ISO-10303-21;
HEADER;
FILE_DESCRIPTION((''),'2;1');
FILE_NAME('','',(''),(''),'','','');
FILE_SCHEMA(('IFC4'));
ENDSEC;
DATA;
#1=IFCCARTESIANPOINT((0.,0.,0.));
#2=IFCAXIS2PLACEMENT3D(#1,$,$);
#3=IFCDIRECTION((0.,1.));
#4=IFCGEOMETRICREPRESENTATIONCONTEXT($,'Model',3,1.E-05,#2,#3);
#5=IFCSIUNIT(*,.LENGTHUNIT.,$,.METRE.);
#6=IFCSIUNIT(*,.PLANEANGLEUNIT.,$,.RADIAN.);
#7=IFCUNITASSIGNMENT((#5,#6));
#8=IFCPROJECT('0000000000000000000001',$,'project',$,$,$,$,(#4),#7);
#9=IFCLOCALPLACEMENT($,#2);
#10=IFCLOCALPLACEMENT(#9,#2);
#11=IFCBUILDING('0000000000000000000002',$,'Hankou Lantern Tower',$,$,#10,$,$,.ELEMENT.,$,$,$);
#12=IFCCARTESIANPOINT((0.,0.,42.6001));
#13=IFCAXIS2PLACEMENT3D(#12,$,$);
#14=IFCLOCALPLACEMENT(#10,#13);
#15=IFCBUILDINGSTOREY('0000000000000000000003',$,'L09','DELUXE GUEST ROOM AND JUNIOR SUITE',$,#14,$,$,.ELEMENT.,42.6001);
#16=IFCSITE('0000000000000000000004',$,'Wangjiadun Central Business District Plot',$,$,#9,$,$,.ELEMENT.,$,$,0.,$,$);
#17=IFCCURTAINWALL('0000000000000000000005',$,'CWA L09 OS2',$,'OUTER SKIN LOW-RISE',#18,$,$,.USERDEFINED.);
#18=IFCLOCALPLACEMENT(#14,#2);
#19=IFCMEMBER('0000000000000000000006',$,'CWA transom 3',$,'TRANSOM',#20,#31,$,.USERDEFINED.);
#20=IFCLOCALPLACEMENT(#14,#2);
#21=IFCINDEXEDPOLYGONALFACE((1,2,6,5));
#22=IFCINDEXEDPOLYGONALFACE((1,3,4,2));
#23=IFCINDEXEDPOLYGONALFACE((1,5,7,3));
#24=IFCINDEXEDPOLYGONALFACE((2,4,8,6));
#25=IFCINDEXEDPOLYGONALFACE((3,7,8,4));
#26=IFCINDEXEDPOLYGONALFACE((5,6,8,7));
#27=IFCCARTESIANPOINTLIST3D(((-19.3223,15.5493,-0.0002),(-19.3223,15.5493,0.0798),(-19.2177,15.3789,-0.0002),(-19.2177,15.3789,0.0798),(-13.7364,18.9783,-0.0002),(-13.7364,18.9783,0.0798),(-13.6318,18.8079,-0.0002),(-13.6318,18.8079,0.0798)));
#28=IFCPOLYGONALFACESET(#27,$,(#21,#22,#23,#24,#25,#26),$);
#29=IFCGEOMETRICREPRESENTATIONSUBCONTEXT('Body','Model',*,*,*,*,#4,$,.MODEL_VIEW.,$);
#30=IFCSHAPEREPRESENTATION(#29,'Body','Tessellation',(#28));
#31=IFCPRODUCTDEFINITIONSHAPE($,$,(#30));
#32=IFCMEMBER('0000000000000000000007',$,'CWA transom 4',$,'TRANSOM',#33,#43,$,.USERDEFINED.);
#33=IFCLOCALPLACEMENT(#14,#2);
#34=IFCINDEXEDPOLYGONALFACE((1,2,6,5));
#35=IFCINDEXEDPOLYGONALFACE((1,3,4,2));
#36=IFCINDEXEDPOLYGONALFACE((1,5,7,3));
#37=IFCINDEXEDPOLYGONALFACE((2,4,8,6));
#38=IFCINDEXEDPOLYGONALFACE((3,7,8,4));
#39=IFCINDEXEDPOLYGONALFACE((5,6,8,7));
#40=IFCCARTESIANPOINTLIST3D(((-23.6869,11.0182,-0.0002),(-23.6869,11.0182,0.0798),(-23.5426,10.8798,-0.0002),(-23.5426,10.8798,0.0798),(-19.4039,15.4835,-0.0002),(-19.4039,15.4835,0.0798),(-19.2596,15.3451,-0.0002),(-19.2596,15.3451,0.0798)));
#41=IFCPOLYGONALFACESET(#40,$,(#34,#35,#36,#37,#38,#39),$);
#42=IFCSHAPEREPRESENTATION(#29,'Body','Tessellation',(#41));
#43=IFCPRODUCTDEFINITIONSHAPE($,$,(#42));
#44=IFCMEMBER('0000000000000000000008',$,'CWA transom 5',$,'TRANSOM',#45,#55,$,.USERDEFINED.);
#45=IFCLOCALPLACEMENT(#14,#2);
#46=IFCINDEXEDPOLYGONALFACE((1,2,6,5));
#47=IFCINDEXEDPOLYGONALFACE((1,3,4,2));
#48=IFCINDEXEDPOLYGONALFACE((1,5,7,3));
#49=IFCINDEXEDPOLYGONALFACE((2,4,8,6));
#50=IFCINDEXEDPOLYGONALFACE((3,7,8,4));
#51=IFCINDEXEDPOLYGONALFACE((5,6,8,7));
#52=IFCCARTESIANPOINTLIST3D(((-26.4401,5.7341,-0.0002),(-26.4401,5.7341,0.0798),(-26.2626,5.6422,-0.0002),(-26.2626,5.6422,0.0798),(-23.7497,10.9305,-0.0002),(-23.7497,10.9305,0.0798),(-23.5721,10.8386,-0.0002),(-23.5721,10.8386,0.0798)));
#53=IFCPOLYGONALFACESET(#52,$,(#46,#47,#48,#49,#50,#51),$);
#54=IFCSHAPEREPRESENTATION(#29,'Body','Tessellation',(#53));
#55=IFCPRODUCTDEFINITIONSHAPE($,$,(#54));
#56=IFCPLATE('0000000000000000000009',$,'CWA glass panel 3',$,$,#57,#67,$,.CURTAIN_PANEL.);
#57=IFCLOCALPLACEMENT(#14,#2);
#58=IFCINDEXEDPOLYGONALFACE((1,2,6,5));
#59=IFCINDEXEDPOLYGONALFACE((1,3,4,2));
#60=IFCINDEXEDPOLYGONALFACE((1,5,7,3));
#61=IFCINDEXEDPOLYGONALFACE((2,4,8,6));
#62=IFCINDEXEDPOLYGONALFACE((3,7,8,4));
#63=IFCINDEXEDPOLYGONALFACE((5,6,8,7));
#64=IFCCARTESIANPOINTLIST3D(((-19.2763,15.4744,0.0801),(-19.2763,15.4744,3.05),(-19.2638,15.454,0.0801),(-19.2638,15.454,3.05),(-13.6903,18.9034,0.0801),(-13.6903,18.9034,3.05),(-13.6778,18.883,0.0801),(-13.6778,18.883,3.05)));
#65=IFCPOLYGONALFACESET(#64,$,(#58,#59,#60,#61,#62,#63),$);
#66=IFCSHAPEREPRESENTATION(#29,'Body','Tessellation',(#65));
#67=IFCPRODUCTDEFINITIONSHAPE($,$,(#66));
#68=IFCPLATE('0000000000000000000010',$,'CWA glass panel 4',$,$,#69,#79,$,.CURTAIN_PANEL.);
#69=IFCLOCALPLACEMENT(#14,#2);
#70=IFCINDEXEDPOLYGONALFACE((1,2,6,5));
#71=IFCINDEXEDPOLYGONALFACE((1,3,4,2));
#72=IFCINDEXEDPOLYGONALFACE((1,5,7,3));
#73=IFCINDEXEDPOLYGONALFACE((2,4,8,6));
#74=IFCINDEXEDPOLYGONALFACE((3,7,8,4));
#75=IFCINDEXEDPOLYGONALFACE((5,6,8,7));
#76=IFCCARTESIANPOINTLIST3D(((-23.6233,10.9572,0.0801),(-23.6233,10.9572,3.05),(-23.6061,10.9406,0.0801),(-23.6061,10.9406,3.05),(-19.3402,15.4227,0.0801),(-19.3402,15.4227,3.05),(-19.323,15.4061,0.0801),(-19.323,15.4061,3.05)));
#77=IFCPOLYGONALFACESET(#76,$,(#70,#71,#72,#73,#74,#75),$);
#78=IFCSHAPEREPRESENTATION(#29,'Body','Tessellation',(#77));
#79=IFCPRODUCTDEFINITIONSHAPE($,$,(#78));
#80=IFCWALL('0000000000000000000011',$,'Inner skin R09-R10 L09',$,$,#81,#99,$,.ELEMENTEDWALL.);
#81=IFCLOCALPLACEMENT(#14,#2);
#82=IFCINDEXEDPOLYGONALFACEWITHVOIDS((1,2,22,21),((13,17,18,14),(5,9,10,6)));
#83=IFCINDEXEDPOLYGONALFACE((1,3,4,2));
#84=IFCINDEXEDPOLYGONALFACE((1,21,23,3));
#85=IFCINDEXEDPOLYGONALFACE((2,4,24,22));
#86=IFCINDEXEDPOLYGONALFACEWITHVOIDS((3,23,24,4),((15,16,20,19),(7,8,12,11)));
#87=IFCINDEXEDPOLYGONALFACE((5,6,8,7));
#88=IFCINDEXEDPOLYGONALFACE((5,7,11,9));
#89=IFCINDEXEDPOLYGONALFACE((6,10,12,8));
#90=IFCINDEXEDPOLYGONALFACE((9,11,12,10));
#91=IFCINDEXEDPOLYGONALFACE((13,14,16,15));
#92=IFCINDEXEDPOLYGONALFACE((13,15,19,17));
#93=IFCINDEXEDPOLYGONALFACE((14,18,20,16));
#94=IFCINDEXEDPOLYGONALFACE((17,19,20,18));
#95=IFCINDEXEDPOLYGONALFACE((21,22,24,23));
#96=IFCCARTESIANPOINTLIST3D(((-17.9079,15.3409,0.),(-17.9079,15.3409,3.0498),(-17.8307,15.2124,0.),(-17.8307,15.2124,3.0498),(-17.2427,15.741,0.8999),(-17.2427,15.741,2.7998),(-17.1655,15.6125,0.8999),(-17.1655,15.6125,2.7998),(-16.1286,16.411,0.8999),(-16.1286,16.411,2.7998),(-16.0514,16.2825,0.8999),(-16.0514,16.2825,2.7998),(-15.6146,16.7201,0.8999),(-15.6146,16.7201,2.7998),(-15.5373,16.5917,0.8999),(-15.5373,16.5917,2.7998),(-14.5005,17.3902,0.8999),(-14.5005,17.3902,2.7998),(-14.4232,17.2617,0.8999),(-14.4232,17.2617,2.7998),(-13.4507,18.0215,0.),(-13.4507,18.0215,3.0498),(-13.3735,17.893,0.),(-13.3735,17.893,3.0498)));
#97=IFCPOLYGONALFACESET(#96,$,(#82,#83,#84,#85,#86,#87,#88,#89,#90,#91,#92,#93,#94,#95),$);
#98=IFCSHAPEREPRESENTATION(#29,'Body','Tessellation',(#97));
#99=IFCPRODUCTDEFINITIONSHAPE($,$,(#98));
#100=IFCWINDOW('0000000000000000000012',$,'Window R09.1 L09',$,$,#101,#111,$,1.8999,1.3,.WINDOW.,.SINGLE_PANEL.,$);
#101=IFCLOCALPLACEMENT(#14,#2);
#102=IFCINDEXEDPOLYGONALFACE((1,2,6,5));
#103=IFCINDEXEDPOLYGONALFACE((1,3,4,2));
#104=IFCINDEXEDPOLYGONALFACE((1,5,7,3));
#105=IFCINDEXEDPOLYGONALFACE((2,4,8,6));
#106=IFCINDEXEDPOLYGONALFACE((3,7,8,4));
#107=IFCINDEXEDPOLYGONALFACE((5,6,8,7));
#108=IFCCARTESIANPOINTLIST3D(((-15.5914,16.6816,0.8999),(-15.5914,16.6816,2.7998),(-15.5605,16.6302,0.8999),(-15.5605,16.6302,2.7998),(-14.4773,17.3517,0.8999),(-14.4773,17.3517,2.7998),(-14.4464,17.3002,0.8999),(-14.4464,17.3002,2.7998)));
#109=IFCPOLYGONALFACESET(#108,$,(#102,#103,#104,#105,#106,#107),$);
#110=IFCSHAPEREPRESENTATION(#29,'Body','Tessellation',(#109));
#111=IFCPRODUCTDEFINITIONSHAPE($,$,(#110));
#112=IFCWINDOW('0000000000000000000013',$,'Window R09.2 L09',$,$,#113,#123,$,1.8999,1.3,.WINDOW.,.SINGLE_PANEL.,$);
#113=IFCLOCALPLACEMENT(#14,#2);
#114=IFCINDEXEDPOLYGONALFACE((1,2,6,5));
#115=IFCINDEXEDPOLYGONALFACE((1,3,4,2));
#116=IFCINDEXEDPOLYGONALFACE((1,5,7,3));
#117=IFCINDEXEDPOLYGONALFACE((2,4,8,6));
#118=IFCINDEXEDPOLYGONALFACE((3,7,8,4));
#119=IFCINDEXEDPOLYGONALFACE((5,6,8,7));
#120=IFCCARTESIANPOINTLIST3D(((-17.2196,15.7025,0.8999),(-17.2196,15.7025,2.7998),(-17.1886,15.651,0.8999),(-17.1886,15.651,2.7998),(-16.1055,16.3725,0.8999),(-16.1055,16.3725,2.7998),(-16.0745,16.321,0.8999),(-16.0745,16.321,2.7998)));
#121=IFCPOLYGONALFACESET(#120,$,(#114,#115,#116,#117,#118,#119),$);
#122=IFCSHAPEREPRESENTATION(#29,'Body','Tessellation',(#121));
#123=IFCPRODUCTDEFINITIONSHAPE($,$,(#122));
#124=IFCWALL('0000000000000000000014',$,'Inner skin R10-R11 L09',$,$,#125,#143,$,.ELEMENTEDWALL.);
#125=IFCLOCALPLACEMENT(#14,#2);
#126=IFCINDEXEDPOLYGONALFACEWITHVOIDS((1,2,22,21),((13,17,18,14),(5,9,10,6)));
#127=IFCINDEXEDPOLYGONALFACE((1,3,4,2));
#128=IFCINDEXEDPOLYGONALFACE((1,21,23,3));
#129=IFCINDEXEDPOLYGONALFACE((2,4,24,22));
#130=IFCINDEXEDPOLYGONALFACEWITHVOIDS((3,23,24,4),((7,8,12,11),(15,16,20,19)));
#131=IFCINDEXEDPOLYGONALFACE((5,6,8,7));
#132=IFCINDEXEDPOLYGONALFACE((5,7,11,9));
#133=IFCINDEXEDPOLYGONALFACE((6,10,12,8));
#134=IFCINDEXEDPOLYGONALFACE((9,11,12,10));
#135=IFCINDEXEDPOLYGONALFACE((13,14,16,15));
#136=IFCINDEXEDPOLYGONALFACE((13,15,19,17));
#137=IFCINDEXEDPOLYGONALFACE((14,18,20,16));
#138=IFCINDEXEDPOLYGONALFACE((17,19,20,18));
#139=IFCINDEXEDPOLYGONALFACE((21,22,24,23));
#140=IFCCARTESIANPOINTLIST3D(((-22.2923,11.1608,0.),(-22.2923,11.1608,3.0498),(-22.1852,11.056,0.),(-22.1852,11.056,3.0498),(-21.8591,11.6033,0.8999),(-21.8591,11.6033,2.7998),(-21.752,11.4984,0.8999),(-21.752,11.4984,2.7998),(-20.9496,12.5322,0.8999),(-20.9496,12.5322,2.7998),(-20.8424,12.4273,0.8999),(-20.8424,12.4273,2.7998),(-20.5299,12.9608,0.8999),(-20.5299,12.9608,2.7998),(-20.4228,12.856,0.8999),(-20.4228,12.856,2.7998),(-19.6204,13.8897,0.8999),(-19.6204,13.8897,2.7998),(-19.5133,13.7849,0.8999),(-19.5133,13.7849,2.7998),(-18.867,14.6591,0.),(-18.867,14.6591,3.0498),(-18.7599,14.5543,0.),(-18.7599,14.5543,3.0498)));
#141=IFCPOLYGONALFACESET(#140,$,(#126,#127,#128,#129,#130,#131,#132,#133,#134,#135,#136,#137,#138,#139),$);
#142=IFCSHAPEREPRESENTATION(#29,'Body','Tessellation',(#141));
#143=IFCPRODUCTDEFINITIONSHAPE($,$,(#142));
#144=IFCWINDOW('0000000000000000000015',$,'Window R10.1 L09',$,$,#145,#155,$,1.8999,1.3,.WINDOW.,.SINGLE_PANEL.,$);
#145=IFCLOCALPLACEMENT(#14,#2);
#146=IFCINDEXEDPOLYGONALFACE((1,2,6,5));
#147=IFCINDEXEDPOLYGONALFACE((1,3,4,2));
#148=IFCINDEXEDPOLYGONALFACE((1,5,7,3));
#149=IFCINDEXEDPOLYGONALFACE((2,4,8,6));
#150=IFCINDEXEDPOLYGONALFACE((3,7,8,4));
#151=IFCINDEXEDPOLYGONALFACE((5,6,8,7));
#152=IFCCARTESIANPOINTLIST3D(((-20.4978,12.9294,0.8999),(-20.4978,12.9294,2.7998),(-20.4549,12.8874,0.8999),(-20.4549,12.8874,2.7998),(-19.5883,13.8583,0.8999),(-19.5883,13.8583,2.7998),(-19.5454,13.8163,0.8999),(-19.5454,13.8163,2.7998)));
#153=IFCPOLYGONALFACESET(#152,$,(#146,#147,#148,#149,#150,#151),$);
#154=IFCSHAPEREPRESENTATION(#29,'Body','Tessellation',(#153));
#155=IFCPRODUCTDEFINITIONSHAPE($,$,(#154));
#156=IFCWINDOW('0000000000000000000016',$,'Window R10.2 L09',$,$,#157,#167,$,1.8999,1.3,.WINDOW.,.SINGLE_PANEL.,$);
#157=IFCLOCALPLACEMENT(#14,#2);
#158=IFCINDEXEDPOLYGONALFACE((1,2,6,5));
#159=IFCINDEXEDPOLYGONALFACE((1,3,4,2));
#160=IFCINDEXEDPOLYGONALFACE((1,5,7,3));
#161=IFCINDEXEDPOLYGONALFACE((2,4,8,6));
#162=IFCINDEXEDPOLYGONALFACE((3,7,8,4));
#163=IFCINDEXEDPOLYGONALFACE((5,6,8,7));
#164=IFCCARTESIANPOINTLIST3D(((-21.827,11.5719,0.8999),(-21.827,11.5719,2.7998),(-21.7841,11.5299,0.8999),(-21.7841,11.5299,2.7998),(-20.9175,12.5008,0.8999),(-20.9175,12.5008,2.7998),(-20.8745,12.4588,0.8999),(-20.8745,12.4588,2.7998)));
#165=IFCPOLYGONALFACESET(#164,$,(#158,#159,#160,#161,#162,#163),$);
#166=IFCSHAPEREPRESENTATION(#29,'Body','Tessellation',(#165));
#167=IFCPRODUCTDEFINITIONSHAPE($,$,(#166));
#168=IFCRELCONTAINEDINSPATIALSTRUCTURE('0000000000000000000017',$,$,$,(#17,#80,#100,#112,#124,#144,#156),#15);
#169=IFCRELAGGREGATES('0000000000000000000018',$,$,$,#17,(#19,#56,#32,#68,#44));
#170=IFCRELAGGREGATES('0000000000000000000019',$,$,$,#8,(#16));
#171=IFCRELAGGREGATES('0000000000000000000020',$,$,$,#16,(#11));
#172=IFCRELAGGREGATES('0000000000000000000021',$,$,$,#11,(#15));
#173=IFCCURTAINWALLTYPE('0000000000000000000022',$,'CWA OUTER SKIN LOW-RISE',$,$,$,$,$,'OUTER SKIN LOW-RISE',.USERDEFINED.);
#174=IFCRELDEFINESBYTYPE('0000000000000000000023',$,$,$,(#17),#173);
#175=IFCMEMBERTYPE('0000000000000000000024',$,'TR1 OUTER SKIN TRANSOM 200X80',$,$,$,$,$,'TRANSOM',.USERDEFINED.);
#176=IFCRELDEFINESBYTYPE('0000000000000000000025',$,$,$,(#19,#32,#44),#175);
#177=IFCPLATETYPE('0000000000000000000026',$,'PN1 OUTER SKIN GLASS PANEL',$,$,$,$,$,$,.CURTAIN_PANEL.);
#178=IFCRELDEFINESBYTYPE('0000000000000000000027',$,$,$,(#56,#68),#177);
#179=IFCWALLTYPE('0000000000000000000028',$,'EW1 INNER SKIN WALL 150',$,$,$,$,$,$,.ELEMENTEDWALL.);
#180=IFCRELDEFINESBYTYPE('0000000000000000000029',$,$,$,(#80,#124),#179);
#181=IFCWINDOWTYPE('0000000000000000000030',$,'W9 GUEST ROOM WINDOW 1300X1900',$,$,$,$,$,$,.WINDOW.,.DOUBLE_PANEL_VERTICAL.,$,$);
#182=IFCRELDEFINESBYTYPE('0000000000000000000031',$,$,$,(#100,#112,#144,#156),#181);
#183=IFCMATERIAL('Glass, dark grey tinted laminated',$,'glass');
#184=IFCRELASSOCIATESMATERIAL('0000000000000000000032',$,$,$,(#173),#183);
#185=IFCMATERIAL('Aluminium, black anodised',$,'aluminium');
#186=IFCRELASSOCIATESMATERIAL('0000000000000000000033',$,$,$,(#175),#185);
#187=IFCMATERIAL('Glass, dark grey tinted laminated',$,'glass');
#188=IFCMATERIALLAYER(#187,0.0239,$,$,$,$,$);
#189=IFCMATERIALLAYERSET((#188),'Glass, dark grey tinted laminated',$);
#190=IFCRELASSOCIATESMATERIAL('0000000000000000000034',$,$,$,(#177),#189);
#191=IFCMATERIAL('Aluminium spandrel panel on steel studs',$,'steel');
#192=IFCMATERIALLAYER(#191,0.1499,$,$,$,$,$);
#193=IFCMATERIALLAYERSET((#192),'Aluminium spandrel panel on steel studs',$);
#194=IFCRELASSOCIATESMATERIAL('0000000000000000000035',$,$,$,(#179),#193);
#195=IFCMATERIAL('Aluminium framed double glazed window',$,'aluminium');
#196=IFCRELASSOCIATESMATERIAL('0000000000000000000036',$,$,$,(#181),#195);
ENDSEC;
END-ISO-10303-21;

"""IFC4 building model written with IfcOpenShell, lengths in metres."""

from ifc_helpers import new_model, si_unit, direction, frame, frame_2d, origin, origin_2d, place, context, subcontext, project, spatial, rectangle, extrude, material, layer, layer_set, material_profile, profile_set, type_object, element, fill, aggregate, save


model = new_model("IFC4")

# Units and contexts
model_context = context("Model", 3, precision=1e-05, world=origin(), true_north=direction((0.0, 1.0)))
body_context = subcontext(model_context, "Body", "Model", "MODEL_VIEW")
ifc_project = project(units=[si_unit("LENGTHUNIT", "METRE"), si_unit("PLANEANGLEUNIT", "RADIAN")], contexts=[model_context])

# Site, building, storey
site_placement = place(None, origin())
site = spatial("IfcSite", under=ifc_project, at=site_placement, Name="Wangjiadun Central Business District Plot", CompositionType="ELEMENT", RefElevation=0.0)
building_placement = place(site_placement, origin())
building = spatial("IfcBuilding", under=site, at=building_placement, Name="Hankou Lantern Tower", CompositionType="ELEMENT")
storey_placement = place(building_placement, frame((0.0, 0.0, 42.6001)))
storey = spatial("IfcBuildingStorey", under=building, at=storey_placement, Name="L09", Description="DELUXE GUEST ROOM AND JUNIOR SUITE", CompositionType="ELEMENT", Elevation=42.6001)

# Curtain wall
ifc_material_1 = material(Name="Glass, dark grey tinted laminated", Category="glass")
curtain_wall_type = type_object("IfcCurtainWallType", Name="CWA OUTER SKIN LOW-RISE", ElementType="OUTER SKIN LOW-RISE", PredefinedType="USERDEFINED", material=ifc_material_1)
curtain_wall_placement = place(storey_placement, origin())
curtain_wall = element("IfcCurtainWall", 1, at=curtain_wall_placement, inside=storey, type_object=curtain_wall_type, Name="CWA L09 OS2", ObjectType="OUTER SKIN LOW-RISE", PredefinedType="USERDEFINED")

# Members
ifc_material_2 = material(Name="Aluminium, black anodised", Category="aluminium")
ifc_material_profile_1 = material_profile(ifc_material_2, rectangle(XDim=0.2, YDim=0.0801, at=origin_2d()), Name="TR1 200X80")
ifc_profile_set_1 = profile_set([ifc_material_profile_1], Name="Aluminium, black anodised")
member_type_1 = type_object("IfcMemberType", Name="TR1 OUTER SKIN TRANSOM 200X80", ElementType="TRANSOM", PredefinedType="USERDEFINED", material=ifc_profile_set_1)
member_1_placement = place(storey_placement, frame((-13.6841, 18.8931, 0.0398), z_axis=(-0.85224, -0.523152, 0.0), x_axis=(0.523152, -0.85224, 0.0)))
member_1 = element("IfcMember", 2, at=member_1_placement, type_object=member_type_1, Name="CWA transom 3", ObjectType="TRANSOM", PredefinedType="USERDEFINED", context=body_context, shape_type="SweptSolid", body=[
    extrude(rectangle(XDim=0.2, YDim=0.0801, at=origin_2d()), origin(), (0.0, 0.0, 1.0), 6.5544),
])
member_2_placement = place(storey_placement, frame((-19.3318, 15.4143, 0.0398), z_axis=(-0.692216, -0.721691, 0.0), x_axis=(0.721691, -0.692216, 0.0)))
member_2 = element("IfcMember", 3, at=member_2_placement, type_object=member_type_1, Name="CWA transom 4", ObjectType="TRANSOM", PredefinedType="USERDEFINED", context=body_context, shape_type="SweptSolid", body=[
    extrude(rectangle(XDim=0.2, YDim=0.0801, at=origin_2d()), origin(), (0.0, 0.0, 1.0), 6.1873),
])
member_3_placement = place(storey_placement, frame((-23.6609, 10.8845, 0.0398), z_axis=(-0.459786, -0.88803, 0.0), x_axis=(0.88803, -0.459786, 0.0)))
member_3 = element("IfcMember", 4, at=member_3_placement, type_object=member_type_1, Name="CWA transom 5", ObjectType="TRANSOM", PredefinedType="USERDEFINED", context=body_context, shape_type="SweptSolid", body=[
    extrude(rectangle(XDim=0.2, YDim=0.0801, at=origin_2d()), origin(), (0.0, 0.0, 1.0), 5.8516),
])

# Plates
ifc_material_3 = material(Name="Glass, dark grey tinted laminated", Category="glass")
ifc_layer_1 = layer(ifc_material_3, 0.0239)
ifc_layer_set_1 = layer_set([ifc_layer_1], Name="Glass, dark grey tinted laminated")
plate_type = type_object("IfcPlateType", Name="PN1 OUTER SKIN GLASS PANEL", PredefinedType="CURTAIN_PANEL", material=ifc_layer_set_1)
plate_1_placement = place(storey_placement, frame((-16.4771, 17.1787, 0.0801), z_axis=(0.0, 0.0, 1.0), x_axis=(-0.852237, -0.523156, 0.0)))
plate_1 = element("IfcPlate", 5, at=plate_1_placement, type_object=plate_type, Name="CWA glass panel 3", PredefinedType="CURTAIN_PANEL", context=body_context, shape_type="SweptSolid", body=[
    extrude(rectangle(XDim=6.5544, YDim=0.0239, at=origin_2d()), origin(), (0.0, 0.0, 1.0), 2.97),
])
plate_2_placement = place(storey_placement, frame((-21.4731, 13.1816, 0.0801), z_axis=(0.0, 0.0, 1.0), x_axis=(-0.692216, -0.721691, 0.0)))
plate_2 = element("IfcPlate", 6, at=plate_2_placement, type_object=plate_type, Name="CWA glass panel 4", PredefinedType="CURTAIN_PANEL", context=body_context, shape_type="SweptSolid", body=[
    extrude(rectangle(XDim=6.1875, YDim=0.0239, at=origin_2d()), origin(), (0.0, 0.0, 1.0), 2.97),
])
aggregate(curtain_wall, [member_1, plate_1, member_2, plate_2, member_3])

# Walls, openings, windows
ifc_material_4 = material(Name="Aluminium spandrel panel on steel studs", Category="steel")
ifc_layer_2 = layer(ifc_material_4, 0.1499)
ifc_layer_set_2 = layer_set([ifc_layer_2], Name="Aluminium spandrel panel on steel studs")
wall_type_1 = type_object("IfcWallType", Name="EW1 INNER SKIN WALL 150", PredefinedType="ELEMENTEDWALL", material=ifc_layer_set_2)
wall_1_placement = place(storey_placement, frame((-13.4121, 17.9573, 0.0), z_axis=(0.0, 0.0, 1.0), x_axis=(-0.856958, -0.515386, 0.0)))
wall_1 = element("IfcWall", 7, at=wall_1_placement, inside=storey, type_object=wall_type_1, Name="Inner skin R09-R10 L09", PredefinedType="ELEMENTEDWALL", context=body_context, shape_type="SweptSolid", body=[
    extrude(rectangle(XDim=5.2012, YDim=0.1499, at=frame_2d((2.6006, 0.0))), origin(), (0.0, 0.0, 1.0), 3.0498),
])
opening_1_placement = place(wall_1_placement, frame((1.2251, 0.0, 0.8999)))
opening_1 = element("IfcOpeningElement", 8, at=opening_1_placement, cuts=wall_1, PredefinedType="OPENING", context=body_context, shape_type="SweptSolid", body=[
    extrude(rectangle(XDim=1.3, YDim=1.8999, at=frame_2d((0.6499, 0.95))), frame((0.0, 0.085, 0.0), z_axis=(0.0, -1.0, 0.0), x_axis=(1.0, 0.0, 0.0)), (0.0, 0.0, 1.0), 0.1699),
])
opening_2_placement = place(wall_1_placement, frame((3.125, 0.0, 0.8999)))
opening_2 = element("IfcOpeningElement", 9, at=opening_2_placement, cuts=wall_1, PredefinedType="OPENING", context=body_context, shape_type="SweptSolid", body=[
    extrude(rectangle(XDim=1.3, YDim=1.8999, at=frame_2d((0.6499, 0.95))), frame((0.0, 0.085, 0.0), z_axis=(0.0, -1.0, 0.0), x_axis=(1.0, 0.0, 0.0)), (0.0, 0.0, 1.0), 0.1699),
])
ifc_material_5 = material(Name="Aluminium framed double glazed window", Category="aluminium")
window_type = type_object("IfcWindowType", Name="W9 GUEST ROOM WINDOW 1300X1900", PartitioningType="DOUBLE_PANEL_VERTICAL", PredefinedType="WINDOW", material=ifc_material_5)
window_1_placement = place(opening_1_placement, origin())
window_1 = element("IfcWindow", 10, at=window_1_placement, inside=storey, type_object=window_type, Name="Window R09.1 L09", OverallHeight=1.8999, OverallWidth=1.3, PartitioningType="SINGLE_PANEL", PredefinedType="WINDOW", context=body_context, shape_type="SweptSolid", body=[
    extrude(rectangle(XDim=1.3, YDim=1.8999, at=frame_2d((0.6499, 0.95))), frame((0.0, 0.03, 0.0), z_axis=(0.0, -1.0, 0.0), x_axis=(1.0, 0.0, 0.0)), (0.0, 0.0, 1.0), 0.0601),
])
fill(opening_1, window_1)
window_2_placement = place(opening_2_placement, origin())
window_2 = element("IfcWindow", 11, at=window_2_placement, inside=storey, type_object=window_type, Name="Window R09.2 L09", OverallHeight=1.8999, OverallWidth=1.3, PartitioningType="SINGLE_PANEL", PredefinedType="WINDOW", context=body_context, shape_type="SweptSolid", body=[
    extrude(rectangle(XDim=1.3, YDim=1.8999, at=frame_2d((0.6499, 0.95))), frame((0.0, 0.03, 0.0), z_axis=(0.0, -1.0, 0.0), x_axis=(1.0, 0.0, 0.0)), (0.0, 0.0, 1.0), 0.0601),
])
fill(opening_2, window_2)
wall_2_placement = place(storey_placement, frame((-18.8135, 14.6067, 0.0), z_axis=(0.0, 0.0, 1.0), x_axis=(-0.699613, -0.714522, 0.0)))
wall_2 = element("IfcWall", 12, at=wall_2_placement, inside=storey, type_object=wall_type_1, Name="Inner skin R10-R11 L09", PredefinedType="ELEMENTEDWALL", context=body_context, shape_type="SweptSolid", body=[
    extrude(rectangle(XDim=4.896, YDim=0.1499, at=frame_2d((2.448, 0.0))), origin(), (0.0, 0.0, 1.0), 3.0498),
])
opening_3_placement = place(wall_2_placement, frame((1.0769, 0.0, 0.8999)))
opening_3 = element("IfcOpeningElement", 13, at=opening_3_placement, cuts=wall_2, PredefinedType="OPENING", context=body_context, shape_type="SweptSolid", body=[
    extrude(rectangle(XDim=1.3, YDim=1.8999, at=frame_2d((0.6499, 0.95))), frame((0.0, 0.085, 0.0), z_axis=(0.0, -1.0, 0.0), x_axis=(1.0, 0.0, 0.0)), (0.0, 0.0, 1.0), 0.1699),
])
opening_4_placement = place(wall_2_placement, frame((2.9768, 0.0, 0.8999)))
opening_4 = element("IfcOpeningElement", 14, at=opening_4_placement, cuts=wall_2, PredefinedType="OPENING", context=body_context, shape_type="SweptSolid", body=[
    extrude(rectangle(XDim=1.3, YDim=1.8999, at=frame_2d((0.6499, 0.95))), frame((0.0, 0.085, 0.0), z_axis=(0.0, -1.0, 0.0), x_axis=(1.0, 0.0, 0.0)), (0.0, 0.0, 1.0), 0.1699),
])
window_3_placement = place(opening_3_placement, origin())
window_3 = element("IfcWindow", 15, at=window_3_placement, inside=storey, type_object=window_type, Name="Window R10.1 L09", OverallHeight=1.8999, OverallWidth=1.3, PartitioningType="SINGLE_PANEL", PredefinedType="WINDOW", context=body_context, shape_type="SweptSolid", body=[
    extrude(rectangle(XDim=1.3, YDim=1.8999, at=frame_2d((0.6499, 0.95))), frame((0.0, 0.03, 0.0), z_axis=(0.0, -1.0, 0.0), x_axis=(1.0, 0.0, 0.0)), (0.0, 0.0, 1.0), 0.0601),
])
fill(opening_3, window_3)
window_4_placement = place(opening_4_placement, origin())
window_4 = element("IfcWindow", 16, at=window_4_placement, inside=storey, type_object=window_type, Name="Window R10.2 L09", OverallHeight=1.8999, OverallWidth=1.3, PartitioningType="SINGLE_PANEL", PredefinedType="WINDOW", context=body_context, shape_type="SweptSolid", body=[
    extrude(rectangle(XDim=1.3, YDim=1.8999, at=frame_2d((0.6499, 0.95))), frame((0.0, 0.03, 0.0), z_axis=(0.0, -1.0, 0.0), x_axis=(1.0, 0.0, 0.0)), (0.0, 0.0, 1.0), 0.0601),
])
fill(opening_4, window_4)

save(model, "model.ifc")
